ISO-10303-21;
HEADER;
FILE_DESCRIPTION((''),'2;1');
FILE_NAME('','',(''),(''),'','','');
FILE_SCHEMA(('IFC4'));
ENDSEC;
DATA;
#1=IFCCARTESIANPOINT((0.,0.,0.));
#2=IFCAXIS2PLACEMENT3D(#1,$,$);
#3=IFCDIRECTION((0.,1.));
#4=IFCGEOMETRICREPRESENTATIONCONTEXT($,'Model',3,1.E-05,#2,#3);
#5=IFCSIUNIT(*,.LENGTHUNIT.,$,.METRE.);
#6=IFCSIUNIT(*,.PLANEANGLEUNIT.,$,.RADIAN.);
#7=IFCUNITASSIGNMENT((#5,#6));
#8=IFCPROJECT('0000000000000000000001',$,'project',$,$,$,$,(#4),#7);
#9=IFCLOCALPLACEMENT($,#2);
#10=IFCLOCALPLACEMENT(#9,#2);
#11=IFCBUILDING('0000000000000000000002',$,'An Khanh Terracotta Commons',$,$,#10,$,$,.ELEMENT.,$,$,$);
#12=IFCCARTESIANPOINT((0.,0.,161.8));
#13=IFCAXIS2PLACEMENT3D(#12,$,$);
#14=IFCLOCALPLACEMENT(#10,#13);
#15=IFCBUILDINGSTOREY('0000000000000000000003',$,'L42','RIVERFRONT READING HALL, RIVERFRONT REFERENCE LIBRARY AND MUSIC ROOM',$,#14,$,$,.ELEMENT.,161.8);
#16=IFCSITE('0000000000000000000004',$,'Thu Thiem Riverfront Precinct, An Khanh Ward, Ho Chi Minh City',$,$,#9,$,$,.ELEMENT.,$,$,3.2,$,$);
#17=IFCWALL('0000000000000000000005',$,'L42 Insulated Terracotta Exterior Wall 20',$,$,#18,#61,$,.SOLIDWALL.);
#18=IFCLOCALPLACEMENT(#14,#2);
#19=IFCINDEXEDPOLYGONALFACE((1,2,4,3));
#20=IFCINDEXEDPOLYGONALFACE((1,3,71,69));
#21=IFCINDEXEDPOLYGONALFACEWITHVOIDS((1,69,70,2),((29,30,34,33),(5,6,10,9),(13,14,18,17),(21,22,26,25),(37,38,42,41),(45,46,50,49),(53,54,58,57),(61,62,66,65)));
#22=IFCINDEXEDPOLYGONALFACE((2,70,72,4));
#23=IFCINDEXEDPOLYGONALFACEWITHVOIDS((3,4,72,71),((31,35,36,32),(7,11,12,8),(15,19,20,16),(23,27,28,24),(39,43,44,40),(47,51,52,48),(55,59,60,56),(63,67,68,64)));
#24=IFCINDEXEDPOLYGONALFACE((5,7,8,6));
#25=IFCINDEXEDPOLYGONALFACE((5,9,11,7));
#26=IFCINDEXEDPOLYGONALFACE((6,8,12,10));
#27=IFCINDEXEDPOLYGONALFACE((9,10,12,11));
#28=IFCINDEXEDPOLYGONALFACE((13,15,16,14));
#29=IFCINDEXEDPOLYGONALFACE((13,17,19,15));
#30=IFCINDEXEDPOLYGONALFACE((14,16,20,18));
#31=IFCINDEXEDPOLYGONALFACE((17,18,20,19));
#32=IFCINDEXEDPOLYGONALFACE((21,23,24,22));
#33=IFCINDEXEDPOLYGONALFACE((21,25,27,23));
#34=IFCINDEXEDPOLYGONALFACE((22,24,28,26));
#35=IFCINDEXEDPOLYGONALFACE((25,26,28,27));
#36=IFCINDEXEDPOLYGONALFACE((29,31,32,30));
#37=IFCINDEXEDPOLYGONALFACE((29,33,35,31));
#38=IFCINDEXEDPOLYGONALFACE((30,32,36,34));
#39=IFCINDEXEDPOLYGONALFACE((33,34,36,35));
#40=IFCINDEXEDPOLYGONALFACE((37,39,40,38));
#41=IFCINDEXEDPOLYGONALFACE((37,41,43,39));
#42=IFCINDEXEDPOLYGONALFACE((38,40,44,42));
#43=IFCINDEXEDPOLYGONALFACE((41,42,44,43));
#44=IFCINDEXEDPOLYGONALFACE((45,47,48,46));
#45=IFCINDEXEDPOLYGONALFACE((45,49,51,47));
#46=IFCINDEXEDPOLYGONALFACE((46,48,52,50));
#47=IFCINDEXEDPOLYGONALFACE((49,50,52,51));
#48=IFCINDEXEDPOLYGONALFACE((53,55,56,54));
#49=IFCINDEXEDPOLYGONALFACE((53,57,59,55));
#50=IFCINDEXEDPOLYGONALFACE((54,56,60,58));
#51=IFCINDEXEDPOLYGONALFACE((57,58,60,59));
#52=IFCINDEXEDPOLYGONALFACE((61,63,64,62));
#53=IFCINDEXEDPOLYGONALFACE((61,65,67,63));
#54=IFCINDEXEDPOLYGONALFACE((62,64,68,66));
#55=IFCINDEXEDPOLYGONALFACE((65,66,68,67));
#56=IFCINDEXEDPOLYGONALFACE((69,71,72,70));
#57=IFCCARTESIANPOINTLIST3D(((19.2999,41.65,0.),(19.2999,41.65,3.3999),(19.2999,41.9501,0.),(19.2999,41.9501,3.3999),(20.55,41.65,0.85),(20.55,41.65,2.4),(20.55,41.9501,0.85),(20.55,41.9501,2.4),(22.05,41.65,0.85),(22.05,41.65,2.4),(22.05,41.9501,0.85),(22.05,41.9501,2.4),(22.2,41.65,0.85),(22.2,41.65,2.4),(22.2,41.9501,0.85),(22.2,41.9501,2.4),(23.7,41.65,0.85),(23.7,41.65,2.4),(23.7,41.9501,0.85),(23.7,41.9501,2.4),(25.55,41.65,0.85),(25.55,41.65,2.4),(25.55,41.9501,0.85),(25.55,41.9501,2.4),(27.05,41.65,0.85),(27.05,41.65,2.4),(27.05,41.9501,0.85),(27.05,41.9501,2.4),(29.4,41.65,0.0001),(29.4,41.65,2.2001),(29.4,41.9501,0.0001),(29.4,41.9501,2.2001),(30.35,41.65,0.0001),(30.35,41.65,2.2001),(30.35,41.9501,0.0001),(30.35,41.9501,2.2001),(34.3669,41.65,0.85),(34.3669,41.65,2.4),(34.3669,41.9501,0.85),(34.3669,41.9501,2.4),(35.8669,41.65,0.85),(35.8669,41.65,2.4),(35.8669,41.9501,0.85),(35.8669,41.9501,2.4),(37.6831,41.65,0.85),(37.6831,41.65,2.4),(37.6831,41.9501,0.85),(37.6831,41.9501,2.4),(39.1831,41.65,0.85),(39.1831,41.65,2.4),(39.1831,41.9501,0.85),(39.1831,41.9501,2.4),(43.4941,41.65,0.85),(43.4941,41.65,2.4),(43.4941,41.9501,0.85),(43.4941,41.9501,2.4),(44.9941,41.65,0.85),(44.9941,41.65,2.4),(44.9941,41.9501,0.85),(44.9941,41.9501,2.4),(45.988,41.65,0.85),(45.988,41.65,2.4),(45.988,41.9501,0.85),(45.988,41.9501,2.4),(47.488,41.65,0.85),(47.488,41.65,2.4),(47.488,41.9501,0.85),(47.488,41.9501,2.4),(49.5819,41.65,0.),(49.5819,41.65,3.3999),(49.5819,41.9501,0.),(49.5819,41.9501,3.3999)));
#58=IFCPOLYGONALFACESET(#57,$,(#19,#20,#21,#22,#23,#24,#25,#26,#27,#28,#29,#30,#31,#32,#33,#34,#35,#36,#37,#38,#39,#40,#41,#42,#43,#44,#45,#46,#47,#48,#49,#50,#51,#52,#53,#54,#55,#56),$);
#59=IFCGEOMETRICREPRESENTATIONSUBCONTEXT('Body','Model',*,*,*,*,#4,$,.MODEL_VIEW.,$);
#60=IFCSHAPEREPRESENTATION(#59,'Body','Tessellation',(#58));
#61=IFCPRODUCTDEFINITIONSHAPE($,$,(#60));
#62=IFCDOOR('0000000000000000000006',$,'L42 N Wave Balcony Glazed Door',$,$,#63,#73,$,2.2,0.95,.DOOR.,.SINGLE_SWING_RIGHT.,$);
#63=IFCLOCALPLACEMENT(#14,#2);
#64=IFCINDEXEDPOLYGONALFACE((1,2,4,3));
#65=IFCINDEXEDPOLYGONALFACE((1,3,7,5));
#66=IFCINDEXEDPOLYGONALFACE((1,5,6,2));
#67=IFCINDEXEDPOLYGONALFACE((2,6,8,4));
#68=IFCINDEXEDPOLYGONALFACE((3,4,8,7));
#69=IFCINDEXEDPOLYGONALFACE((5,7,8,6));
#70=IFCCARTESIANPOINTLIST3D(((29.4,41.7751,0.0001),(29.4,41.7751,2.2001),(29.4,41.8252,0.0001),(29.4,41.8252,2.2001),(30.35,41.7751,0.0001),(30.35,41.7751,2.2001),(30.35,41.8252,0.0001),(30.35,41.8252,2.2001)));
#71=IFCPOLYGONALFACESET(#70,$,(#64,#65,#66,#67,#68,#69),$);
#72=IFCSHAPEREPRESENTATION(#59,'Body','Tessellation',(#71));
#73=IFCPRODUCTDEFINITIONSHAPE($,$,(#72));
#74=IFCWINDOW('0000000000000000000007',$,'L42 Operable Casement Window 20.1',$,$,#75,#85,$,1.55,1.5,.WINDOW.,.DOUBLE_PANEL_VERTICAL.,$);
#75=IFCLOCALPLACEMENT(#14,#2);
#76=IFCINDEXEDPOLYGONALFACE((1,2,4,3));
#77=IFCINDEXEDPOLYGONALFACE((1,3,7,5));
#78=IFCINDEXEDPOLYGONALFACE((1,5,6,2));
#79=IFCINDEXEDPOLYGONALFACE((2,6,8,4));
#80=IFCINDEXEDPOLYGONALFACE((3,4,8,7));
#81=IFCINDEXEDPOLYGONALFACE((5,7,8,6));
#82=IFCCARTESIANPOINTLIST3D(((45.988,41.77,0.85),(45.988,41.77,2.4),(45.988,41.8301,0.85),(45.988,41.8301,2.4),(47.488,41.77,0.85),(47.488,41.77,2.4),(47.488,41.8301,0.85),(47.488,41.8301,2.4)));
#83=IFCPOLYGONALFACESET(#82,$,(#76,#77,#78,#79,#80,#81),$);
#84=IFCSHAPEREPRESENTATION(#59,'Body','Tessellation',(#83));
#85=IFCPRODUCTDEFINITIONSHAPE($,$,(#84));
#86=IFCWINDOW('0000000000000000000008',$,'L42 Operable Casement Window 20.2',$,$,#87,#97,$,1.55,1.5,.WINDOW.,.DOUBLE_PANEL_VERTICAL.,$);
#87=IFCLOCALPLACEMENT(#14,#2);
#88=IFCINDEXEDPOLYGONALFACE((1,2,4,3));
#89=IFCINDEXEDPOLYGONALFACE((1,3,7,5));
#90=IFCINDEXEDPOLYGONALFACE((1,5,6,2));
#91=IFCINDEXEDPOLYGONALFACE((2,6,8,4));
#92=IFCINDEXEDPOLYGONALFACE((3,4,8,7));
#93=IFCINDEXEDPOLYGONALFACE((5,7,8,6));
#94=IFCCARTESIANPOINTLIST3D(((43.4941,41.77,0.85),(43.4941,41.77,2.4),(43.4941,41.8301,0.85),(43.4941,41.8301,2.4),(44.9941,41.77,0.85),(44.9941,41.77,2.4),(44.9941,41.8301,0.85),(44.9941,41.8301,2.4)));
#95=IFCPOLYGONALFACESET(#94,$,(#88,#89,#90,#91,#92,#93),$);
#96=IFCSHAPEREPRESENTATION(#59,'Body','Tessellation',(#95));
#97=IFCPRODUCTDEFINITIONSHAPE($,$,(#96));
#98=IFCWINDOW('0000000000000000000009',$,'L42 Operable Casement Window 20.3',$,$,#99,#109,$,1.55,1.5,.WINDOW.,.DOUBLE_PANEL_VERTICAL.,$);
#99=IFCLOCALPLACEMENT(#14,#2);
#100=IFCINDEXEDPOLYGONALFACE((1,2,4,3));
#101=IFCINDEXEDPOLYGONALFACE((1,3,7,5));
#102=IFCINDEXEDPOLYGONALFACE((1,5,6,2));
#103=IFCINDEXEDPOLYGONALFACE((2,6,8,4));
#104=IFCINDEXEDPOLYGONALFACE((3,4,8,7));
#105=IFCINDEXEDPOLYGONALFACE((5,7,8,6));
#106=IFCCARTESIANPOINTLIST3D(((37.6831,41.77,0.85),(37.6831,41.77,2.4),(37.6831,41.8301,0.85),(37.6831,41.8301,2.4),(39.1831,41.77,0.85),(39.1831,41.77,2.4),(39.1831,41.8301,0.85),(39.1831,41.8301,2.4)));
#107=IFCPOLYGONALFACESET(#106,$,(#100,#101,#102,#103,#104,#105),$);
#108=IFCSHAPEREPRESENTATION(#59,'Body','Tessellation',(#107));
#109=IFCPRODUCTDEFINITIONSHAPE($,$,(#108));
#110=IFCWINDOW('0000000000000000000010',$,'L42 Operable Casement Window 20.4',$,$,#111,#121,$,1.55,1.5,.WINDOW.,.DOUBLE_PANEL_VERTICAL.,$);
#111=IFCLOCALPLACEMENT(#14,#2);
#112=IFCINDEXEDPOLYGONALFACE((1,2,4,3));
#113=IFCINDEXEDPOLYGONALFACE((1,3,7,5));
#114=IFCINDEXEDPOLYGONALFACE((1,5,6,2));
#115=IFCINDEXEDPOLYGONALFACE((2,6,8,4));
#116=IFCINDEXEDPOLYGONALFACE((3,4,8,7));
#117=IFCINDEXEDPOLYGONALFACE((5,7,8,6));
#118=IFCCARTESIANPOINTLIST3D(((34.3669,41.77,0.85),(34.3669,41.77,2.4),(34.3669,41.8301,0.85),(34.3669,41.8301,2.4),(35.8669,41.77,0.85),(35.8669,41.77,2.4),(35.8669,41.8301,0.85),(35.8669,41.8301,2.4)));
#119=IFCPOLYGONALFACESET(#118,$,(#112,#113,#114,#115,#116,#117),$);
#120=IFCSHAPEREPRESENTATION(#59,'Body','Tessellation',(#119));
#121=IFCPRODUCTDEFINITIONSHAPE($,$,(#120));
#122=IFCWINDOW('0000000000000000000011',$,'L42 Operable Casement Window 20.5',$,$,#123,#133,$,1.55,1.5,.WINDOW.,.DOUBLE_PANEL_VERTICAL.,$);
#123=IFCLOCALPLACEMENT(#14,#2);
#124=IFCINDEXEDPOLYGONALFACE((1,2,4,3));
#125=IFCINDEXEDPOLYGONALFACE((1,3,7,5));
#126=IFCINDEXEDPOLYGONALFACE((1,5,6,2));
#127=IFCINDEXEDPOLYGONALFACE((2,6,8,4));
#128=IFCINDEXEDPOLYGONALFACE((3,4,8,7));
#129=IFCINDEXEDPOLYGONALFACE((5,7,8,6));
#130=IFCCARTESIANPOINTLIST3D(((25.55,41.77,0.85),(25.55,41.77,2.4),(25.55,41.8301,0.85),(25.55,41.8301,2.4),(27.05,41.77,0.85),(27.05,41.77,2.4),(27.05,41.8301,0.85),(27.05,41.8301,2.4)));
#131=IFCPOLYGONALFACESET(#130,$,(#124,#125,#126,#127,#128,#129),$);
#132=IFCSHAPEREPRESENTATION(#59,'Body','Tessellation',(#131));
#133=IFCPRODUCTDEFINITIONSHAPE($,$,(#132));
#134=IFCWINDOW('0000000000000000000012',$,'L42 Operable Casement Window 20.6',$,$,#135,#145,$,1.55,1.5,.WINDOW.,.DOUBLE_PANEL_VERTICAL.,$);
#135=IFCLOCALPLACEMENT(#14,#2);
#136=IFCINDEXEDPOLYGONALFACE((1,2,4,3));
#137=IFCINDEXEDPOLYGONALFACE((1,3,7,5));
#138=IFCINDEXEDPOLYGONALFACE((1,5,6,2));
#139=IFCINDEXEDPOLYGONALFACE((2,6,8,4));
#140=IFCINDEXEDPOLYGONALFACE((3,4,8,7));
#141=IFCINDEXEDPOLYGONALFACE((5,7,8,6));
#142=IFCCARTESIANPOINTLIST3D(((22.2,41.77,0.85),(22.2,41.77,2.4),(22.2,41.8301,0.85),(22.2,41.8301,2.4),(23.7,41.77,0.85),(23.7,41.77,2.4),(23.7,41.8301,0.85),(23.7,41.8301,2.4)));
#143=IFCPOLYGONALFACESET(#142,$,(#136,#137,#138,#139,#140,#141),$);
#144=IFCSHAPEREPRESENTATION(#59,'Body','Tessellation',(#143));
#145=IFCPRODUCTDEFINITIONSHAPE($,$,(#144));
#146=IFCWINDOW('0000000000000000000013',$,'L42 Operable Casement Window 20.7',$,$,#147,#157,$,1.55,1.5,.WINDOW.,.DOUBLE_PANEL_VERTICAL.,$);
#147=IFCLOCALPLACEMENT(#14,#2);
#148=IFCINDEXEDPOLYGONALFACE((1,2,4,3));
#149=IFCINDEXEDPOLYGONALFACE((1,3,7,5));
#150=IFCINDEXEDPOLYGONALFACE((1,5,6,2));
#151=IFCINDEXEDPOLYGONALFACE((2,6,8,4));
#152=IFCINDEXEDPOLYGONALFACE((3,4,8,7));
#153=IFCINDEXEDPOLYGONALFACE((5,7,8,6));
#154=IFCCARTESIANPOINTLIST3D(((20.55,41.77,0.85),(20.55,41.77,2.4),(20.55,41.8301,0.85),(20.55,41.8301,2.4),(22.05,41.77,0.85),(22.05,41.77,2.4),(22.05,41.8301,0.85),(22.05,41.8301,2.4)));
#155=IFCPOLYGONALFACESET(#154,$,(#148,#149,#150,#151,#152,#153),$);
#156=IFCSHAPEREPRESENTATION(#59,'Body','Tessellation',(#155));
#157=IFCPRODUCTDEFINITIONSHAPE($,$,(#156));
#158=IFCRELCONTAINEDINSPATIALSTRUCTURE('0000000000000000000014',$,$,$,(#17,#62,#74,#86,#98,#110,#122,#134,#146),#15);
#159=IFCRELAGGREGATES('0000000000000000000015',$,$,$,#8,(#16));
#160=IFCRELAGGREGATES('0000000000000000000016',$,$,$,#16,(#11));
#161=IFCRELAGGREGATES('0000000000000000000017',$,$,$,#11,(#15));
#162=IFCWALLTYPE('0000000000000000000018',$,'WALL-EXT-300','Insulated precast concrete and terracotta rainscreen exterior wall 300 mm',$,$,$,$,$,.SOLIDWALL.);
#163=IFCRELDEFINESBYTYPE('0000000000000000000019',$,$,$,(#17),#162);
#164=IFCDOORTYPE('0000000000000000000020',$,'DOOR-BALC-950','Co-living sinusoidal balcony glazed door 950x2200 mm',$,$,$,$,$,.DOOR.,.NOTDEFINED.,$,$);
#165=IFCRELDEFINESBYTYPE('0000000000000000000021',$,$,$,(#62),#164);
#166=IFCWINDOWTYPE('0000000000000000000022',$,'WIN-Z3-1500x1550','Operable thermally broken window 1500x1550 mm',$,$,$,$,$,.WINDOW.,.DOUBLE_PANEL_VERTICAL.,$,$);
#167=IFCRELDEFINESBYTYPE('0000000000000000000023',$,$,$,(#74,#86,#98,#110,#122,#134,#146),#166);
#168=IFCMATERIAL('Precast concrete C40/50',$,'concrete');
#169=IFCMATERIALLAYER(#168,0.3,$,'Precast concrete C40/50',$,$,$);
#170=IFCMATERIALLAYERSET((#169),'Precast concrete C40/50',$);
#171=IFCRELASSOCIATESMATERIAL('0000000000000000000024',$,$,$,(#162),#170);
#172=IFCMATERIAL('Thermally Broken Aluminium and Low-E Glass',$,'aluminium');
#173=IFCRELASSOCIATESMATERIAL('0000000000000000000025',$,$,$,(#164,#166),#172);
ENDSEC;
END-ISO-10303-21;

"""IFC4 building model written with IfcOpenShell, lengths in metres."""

from ifc_helpers import new_model, si_unit, direction, frame, frame_2d, origin, place, context, subcontext, project, spatial, rectangle, extrude, material, layer, layer_set, type_object, element, fill, save


model = new_model("IFC4")

# Units and contexts
model_context = context("Model", 3, precision=1e-05, world=origin(), true_north=direction((0.0, 1.0)))
body_context = subcontext(model_context, "Body", "Model", "MODEL_VIEW")
ifc_project = project(units=[si_unit("LENGTHUNIT", "METRE"), si_unit("PLANEANGLEUNIT", "RADIAN")], contexts=[model_context])

# Site, building, storey
site_placement = place(None, origin())
site = spatial("IfcSite", under=ifc_project, at=site_placement, Name="Thu Thiem Riverfront Precinct, An Khanh Ward, Ho Chi Minh City", CompositionType="ELEMENT", RefElevation=3.2)
building_placement = place(site_placement, origin())
building = spatial("IfcBuilding", under=site, at=building_placement, Name="An Khanh Terracotta Commons", CompositionType="ELEMENT")
storey_placement = place(building_placement, frame((0.0, 0.0, 161.8)))
storey = spatial("IfcBuildingStorey", under=building, at=storey_placement, Name="L42", Description="RIVERFRONT READING HALL, RIVERFRONT REFERENCE LIBRARY AND MUSIC ROOM", CompositionType="ELEMENT", Elevation=161.8)

# Wall, openings, door, windows
ifc_material_1 = material(Name="Precast concrete C40/50", Category="concrete")
ifc_layer_1 = layer(ifc_material_1, 0.3, Name="Precast concrete C40/50")
ifc_layer_set_1 = layer_set([ifc_layer_1], Name="Precast concrete C40/50")
wall_type_1 = type_object("IfcWallType", Name="WALL-EXT-300", Description="Insulated precast concrete and terracotta rainscreen exterior wall 300 mm", PredefinedType="SOLIDWALL", material=ifc_layer_set_1)
wall_1_placement = place(storey_placement, frame((49.582, 41.8, 0.0), z_axis=(0.0, 0.0, 1.0), x_axis=(-1.0, 0.0, 0.0)))
wall_1 = element("IfcWall", 1, at=wall_1_placement, inside=storey, type_object=wall_type_1, Name="L42 Insulated Terracotta Exterior Wall 20", PredefinedType="SOLIDWALL", context=body_context, shape_type="SweptSolid", body=[
    extrude(rectangle(XDim=30.282, YDim=0.3, at=frame_2d((15.1411, 0.0))), origin(), (0.0, 0.0, 1.0), 3.3999),
])
opening_1_placement = place(wall_1_placement, frame((19.2319, 0.0, 0.0)))
opening_1 = element("IfcOpeningElement", 2, at=opening_1_placement, cuts=wall_1, PredefinedType="OPENING", context=body_context, shape_type="SweptSolid", body=[
    extrude(rectangle(XDim=0.95, YDim=2.2, at=frame_2d((0.4751, 1.1001))), frame((0.0, 0.1599, 0.0), z_axis=(0.0, -1.0, 0.0), x_axis=(1.0, 0.0, 0.0)), (0.0, 0.0, 1.0), 0.3201),
])
opening_2_placement = place(wall_1_placement, frame((2.094, 0.0, 0.8501)))
opening_2 = element("IfcOpeningElement", 3, at=opening_2_placement, cuts=wall_1, PredefinedType="OPENING", context=body_context, shape_type="SweptSolid", body=[
    extrude(rectangle(XDim=1.5, YDim=1.55, at=frame_2d((0.75, 0.7749))), frame((0.0, 0.1599, 0.0), z_axis=(0.0, -1.0, 0.0), x_axis=(1.0, 0.0, 0.0)), (0.0, 0.0, 1.0), 0.3201),
])
opening_3_placement = place(wall_1_placement, frame((4.5879, 0.0, 0.8501)))
opening_3 = element("IfcOpeningElement", 4, at=opening_3_placement, cuts=wall_1, PredefinedType="OPENING", context=body_context, shape_type="SweptSolid", body=[
    extrude(rectangle(XDim=1.5, YDim=1.55, at=frame_2d((0.75, 0.7749))), frame((0.0, 0.1599, 0.0), z_axis=(0.0, -1.0, 0.0), x_axis=(1.0, 0.0, 0.0)), (0.0, 0.0, 1.0), 0.3201),
])
opening_4_placement = place(wall_1_placement, frame((10.3989, 0.0, 0.8501)))
opening_4 = element("IfcOpeningElement", 5, at=opening_4_placement, cuts=wall_1, PredefinedType="OPENING", context=body_context, shape_type="SweptSolid", body=[
    extrude(rectangle(XDim=1.5, YDim=1.55, at=frame_2d((0.75, 0.7749))), frame((0.0, 0.1599, 0.0), z_axis=(0.0, -1.0, 0.0), x_axis=(1.0, 0.0, 0.0)), (0.0, 0.0, 1.0), 0.3201),
])
opening_5_placement = place(wall_1_placement, frame((13.7151, 0.0, 0.8501)))
opening_5 = element("IfcOpeningElement", 6, at=opening_5_placement, cuts=wall_1, PredefinedType="OPENING", context=body_context, shape_type="SweptSolid", body=[
    extrude(rectangle(XDim=1.5, YDim=1.55, at=frame_2d((0.75, 0.7749))), frame((0.0, 0.1599, 0.0), z_axis=(0.0, -1.0, 0.0), x_axis=(1.0, 0.0, 0.0)), (0.0, 0.0, 1.0), 0.3201),
])
opening_6_placement = place(wall_1_placement, frame((22.532, 0.0, 0.8501)))
opening_6 = element("IfcOpeningElement", 7, at=opening_6_placement, cuts=wall_1, PredefinedType="OPENING", context=body_context, shape_type="SweptSolid", body=[
    extrude(rectangle(XDim=1.5, YDim=1.55, at=frame_2d((0.75, 0.7749))), frame((0.0, 0.1599, 0.0), z_axis=(0.0, -1.0, 0.0), x_axis=(1.0, 0.0, 0.0)), (0.0, 0.0, 1.0), 0.3201),
])
opening_7_placement = place(wall_1_placement, frame((25.8821, 0.0, 0.8501)))
opening_7 = element("IfcOpeningElement", 8, at=opening_7_placement, cuts=wall_1, PredefinedType="OPENING", context=body_context, shape_type="SweptSolid", body=[
    extrude(rectangle(XDim=1.5, YDim=1.55, at=frame_2d((0.75, 0.7749))), frame((0.0, 0.1599, 0.0), z_axis=(0.0, -1.0, 0.0), x_axis=(1.0, 0.0, 0.0)), (0.0, 0.0, 1.0), 0.3201),
])
opening_8_placement = place(wall_1_placement, frame((27.532, 0.0, 0.8501)))
opening_8 = element("IfcOpeningElement", 9, at=opening_8_placement, cuts=wall_1, PredefinedType="OPENING", context=body_context, shape_type="SweptSolid", body=[
    extrude(rectangle(XDim=1.5, YDim=1.55, at=frame_2d((0.75, 0.7749))), frame((0.0, 0.1599, 0.0), z_axis=(0.0, -1.0, 0.0), x_axis=(1.0, 0.0, 0.0)), (0.0, 0.0, 1.0), 0.3201),
])
ifc_material_2 = material(Name="Thermally Broken Aluminium and Low-E Glass", Category="aluminium")
door_type_1 = type_object("IfcDoorType", Name="DOOR-BALC-950", Description="Co-living sinusoidal balcony glazed door 950x2200 mm", OperationType="NOTDEFINED", PredefinedType="DOOR", material=ifc_material_2)
door_1_placement = place(opening_1_placement, origin())
door_1 = element("IfcDoor", 10, at=door_1_placement, inside=storey, type_object=door_type_1, Name="L42 N Wave Balcony Glazed Door", OperationType="SINGLE_SWING_RIGHT", OverallHeight=2.2, OverallWidth=0.95, PredefinedType="DOOR", context=body_context, shape_type="SweptSolid", body=[
    extrude(rectangle(XDim=0.95, YDim=2.2, at=frame_2d((0.4751, 1.1001))), frame((0.0, 0.0249, 0.0), z_axis=(0.0, -1.0, 0.0), x_axis=(1.0, 0.0, 0.0)), (0.0, 0.0, 1.0), 0.05),
])
fill(opening_1, door_1)
window_type = type_object("IfcWindowType", Name="WIN-Z3-1500x1550", Description="Operable thermally broken window 1500x1550 mm", PartitioningType="DOUBLE_PANEL_VERTICAL", PredefinedType="WINDOW", material=ifc_material_2)
window_1_placement = place(opening_2_placement, origin())
window_1 = element("IfcWindow", 11, at=window_1_placement, inside=storey, type_object=window_type, Name="L42 Operable Casement Window 20.1", OverallHeight=1.55, OverallWidth=1.5, PartitioningType="DOUBLE_PANEL_VERTICAL", PredefinedType="WINDOW", context=body_context, shape_type="SweptSolid", body=[
    extrude(rectangle(XDim=1.5, YDim=1.55, at=frame_2d((0.75, 0.7749))), frame((0.0, 0.03, 0.0), z_axis=(0.0, -1.0, 0.0), x_axis=(1.0, 0.0, 0.0)), (0.0, 0.0, 1.0), 0.0601),
])
fill(opening_2, window_1)
window_2_placement = place(opening_3_placement, origin())
window_2 = element("IfcWindow", 12, at=window_2_placement, inside=storey, type_object=window_type, Name="L42 Operable Casement Window 20.2", OverallHeight=1.55, OverallWidth=1.5, PartitioningType="DOUBLE_PANEL_VERTICAL", PredefinedType="WINDOW", context=body_context, shape_type="SweptSolid", body=[
    extrude(rectangle(XDim=1.5, YDim=1.55, at=frame_2d((0.75, 0.7749))), frame((0.0, 0.03, 0.0), z_axis=(0.0, -1.0, 0.0), x_axis=(1.0, 0.0, 0.0)), (0.0, 0.0, 1.0), 0.0601),
])
fill(opening_3, window_2)
window_3_placement = place(opening_4_placement, origin())
window_3 = element("IfcWindow", 13, at=window_3_placement, inside=storey, type_object=window_type, Name="L42 Operable Casement Window 20.3", OverallHeight=1.55, OverallWidth=1.5, PartitioningType="DOUBLE_PANEL_VERTICAL", PredefinedType="WINDOW", context=body_context, shape_type="SweptSolid", body=[
    extrude(rectangle(XDim=1.5, YDim=1.55, at=frame_2d((0.75, 0.7749))), frame((0.0, 0.03, 0.0), z_axis=(0.0, -1.0, 0.0), x_axis=(1.0, 0.0, 0.0)), (0.0, 0.0, 1.0), 0.0601),
])
fill(opening_4, window_3)
window_4_placement = place(opening_5_placement, origin())
window_4 = element("IfcWindow", 14, at=window_4_placement, inside=storey, type_object=window_type, Name="L42 Operable Casement Window 20.4", OverallHeight=1.55, OverallWidth=1.5, PartitioningType="DOUBLE_PANEL_VERTICAL", PredefinedType="WINDOW", context=body_context, shape_type="SweptSolid", body=[
    extrude(rectangle(XDim=1.5, YDim=1.55, at=frame_2d((0.75, 0.7749))), frame((0.0, 0.03, 0.0), z_axis=(0.0, -1.0, 0.0), x_axis=(1.0, 0.0, 0.0)), (0.0, 0.0, 1.0), 0.0601),
])
fill(opening_5, window_4)
window_5_placement = place(opening_6_placement, origin())
window_5 = element("IfcWindow", 15, at=window_5_placement, inside=storey, type_object=window_type, Name="L42 Operable Casement Window 20.5", OverallHeight=1.55, OverallWidth=1.5, PartitioningType="DOUBLE_PANEL_VERTICAL", PredefinedType="WINDOW", context=body_context, shape_type="SweptSolid", body=[
    extrude(rectangle(XDim=1.5, YDim=1.55, at=frame_2d((0.75, 0.7749))), frame((0.0, 0.03, 0.0), z_axis=(0.0, -1.0, 0.0), x_axis=(1.0, 0.0, 0.0)), (0.0, 0.0, 1.0), 0.0601),
])
fill(opening_6, window_5)
window_6_placement = place(opening_7_placement, origin())
window_6 = element("IfcWindow", 16, at=window_6_placement, inside=storey, type_object=window_type, Name="L42 Operable Casement Window 20.6", OverallHeight=1.55, OverallWidth=1.5, PartitioningType="DOUBLE_PANEL_VERTICAL", PredefinedType="WINDOW", context=body_context, shape_type="SweptSolid", body=[
    extrude(rectangle(XDim=1.5, YDim=1.55, at=frame_2d((0.75, 0.7749))), frame((0.0, 0.03, 0.0), z_axis=(0.0, -1.0, 0.0), x_axis=(1.0, 0.0, 0.0)), (0.0, 0.0, 1.0), 0.0601),
])
fill(opening_7, window_6)
window_7_placement = place(opening_8_placement, origin())
window_7 = element("IfcWindow", 17, at=window_7_placement, inside=storey, type_object=window_type, Name="L42 Operable Casement Window 20.7", OverallHeight=1.55, OverallWidth=1.5, PartitioningType="DOUBLE_PANEL_VERTICAL", PredefinedType="WINDOW", context=body_context, shape_type="SweptSolid", body=[
    extrude(rectangle(XDim=1.5, YDim=1.55, at=frame_2d((0.75, 0.7749))), frame((0.0, 0.03, 0.0), z_axis=(0.0, -1.0, 0.0), x_axis=(1.0, 0.0, 0.0)), (0.0, 0.0, 1.0), 0.0601),
])
fill(opening_8, window_7)

save(model, "model.ifc")
